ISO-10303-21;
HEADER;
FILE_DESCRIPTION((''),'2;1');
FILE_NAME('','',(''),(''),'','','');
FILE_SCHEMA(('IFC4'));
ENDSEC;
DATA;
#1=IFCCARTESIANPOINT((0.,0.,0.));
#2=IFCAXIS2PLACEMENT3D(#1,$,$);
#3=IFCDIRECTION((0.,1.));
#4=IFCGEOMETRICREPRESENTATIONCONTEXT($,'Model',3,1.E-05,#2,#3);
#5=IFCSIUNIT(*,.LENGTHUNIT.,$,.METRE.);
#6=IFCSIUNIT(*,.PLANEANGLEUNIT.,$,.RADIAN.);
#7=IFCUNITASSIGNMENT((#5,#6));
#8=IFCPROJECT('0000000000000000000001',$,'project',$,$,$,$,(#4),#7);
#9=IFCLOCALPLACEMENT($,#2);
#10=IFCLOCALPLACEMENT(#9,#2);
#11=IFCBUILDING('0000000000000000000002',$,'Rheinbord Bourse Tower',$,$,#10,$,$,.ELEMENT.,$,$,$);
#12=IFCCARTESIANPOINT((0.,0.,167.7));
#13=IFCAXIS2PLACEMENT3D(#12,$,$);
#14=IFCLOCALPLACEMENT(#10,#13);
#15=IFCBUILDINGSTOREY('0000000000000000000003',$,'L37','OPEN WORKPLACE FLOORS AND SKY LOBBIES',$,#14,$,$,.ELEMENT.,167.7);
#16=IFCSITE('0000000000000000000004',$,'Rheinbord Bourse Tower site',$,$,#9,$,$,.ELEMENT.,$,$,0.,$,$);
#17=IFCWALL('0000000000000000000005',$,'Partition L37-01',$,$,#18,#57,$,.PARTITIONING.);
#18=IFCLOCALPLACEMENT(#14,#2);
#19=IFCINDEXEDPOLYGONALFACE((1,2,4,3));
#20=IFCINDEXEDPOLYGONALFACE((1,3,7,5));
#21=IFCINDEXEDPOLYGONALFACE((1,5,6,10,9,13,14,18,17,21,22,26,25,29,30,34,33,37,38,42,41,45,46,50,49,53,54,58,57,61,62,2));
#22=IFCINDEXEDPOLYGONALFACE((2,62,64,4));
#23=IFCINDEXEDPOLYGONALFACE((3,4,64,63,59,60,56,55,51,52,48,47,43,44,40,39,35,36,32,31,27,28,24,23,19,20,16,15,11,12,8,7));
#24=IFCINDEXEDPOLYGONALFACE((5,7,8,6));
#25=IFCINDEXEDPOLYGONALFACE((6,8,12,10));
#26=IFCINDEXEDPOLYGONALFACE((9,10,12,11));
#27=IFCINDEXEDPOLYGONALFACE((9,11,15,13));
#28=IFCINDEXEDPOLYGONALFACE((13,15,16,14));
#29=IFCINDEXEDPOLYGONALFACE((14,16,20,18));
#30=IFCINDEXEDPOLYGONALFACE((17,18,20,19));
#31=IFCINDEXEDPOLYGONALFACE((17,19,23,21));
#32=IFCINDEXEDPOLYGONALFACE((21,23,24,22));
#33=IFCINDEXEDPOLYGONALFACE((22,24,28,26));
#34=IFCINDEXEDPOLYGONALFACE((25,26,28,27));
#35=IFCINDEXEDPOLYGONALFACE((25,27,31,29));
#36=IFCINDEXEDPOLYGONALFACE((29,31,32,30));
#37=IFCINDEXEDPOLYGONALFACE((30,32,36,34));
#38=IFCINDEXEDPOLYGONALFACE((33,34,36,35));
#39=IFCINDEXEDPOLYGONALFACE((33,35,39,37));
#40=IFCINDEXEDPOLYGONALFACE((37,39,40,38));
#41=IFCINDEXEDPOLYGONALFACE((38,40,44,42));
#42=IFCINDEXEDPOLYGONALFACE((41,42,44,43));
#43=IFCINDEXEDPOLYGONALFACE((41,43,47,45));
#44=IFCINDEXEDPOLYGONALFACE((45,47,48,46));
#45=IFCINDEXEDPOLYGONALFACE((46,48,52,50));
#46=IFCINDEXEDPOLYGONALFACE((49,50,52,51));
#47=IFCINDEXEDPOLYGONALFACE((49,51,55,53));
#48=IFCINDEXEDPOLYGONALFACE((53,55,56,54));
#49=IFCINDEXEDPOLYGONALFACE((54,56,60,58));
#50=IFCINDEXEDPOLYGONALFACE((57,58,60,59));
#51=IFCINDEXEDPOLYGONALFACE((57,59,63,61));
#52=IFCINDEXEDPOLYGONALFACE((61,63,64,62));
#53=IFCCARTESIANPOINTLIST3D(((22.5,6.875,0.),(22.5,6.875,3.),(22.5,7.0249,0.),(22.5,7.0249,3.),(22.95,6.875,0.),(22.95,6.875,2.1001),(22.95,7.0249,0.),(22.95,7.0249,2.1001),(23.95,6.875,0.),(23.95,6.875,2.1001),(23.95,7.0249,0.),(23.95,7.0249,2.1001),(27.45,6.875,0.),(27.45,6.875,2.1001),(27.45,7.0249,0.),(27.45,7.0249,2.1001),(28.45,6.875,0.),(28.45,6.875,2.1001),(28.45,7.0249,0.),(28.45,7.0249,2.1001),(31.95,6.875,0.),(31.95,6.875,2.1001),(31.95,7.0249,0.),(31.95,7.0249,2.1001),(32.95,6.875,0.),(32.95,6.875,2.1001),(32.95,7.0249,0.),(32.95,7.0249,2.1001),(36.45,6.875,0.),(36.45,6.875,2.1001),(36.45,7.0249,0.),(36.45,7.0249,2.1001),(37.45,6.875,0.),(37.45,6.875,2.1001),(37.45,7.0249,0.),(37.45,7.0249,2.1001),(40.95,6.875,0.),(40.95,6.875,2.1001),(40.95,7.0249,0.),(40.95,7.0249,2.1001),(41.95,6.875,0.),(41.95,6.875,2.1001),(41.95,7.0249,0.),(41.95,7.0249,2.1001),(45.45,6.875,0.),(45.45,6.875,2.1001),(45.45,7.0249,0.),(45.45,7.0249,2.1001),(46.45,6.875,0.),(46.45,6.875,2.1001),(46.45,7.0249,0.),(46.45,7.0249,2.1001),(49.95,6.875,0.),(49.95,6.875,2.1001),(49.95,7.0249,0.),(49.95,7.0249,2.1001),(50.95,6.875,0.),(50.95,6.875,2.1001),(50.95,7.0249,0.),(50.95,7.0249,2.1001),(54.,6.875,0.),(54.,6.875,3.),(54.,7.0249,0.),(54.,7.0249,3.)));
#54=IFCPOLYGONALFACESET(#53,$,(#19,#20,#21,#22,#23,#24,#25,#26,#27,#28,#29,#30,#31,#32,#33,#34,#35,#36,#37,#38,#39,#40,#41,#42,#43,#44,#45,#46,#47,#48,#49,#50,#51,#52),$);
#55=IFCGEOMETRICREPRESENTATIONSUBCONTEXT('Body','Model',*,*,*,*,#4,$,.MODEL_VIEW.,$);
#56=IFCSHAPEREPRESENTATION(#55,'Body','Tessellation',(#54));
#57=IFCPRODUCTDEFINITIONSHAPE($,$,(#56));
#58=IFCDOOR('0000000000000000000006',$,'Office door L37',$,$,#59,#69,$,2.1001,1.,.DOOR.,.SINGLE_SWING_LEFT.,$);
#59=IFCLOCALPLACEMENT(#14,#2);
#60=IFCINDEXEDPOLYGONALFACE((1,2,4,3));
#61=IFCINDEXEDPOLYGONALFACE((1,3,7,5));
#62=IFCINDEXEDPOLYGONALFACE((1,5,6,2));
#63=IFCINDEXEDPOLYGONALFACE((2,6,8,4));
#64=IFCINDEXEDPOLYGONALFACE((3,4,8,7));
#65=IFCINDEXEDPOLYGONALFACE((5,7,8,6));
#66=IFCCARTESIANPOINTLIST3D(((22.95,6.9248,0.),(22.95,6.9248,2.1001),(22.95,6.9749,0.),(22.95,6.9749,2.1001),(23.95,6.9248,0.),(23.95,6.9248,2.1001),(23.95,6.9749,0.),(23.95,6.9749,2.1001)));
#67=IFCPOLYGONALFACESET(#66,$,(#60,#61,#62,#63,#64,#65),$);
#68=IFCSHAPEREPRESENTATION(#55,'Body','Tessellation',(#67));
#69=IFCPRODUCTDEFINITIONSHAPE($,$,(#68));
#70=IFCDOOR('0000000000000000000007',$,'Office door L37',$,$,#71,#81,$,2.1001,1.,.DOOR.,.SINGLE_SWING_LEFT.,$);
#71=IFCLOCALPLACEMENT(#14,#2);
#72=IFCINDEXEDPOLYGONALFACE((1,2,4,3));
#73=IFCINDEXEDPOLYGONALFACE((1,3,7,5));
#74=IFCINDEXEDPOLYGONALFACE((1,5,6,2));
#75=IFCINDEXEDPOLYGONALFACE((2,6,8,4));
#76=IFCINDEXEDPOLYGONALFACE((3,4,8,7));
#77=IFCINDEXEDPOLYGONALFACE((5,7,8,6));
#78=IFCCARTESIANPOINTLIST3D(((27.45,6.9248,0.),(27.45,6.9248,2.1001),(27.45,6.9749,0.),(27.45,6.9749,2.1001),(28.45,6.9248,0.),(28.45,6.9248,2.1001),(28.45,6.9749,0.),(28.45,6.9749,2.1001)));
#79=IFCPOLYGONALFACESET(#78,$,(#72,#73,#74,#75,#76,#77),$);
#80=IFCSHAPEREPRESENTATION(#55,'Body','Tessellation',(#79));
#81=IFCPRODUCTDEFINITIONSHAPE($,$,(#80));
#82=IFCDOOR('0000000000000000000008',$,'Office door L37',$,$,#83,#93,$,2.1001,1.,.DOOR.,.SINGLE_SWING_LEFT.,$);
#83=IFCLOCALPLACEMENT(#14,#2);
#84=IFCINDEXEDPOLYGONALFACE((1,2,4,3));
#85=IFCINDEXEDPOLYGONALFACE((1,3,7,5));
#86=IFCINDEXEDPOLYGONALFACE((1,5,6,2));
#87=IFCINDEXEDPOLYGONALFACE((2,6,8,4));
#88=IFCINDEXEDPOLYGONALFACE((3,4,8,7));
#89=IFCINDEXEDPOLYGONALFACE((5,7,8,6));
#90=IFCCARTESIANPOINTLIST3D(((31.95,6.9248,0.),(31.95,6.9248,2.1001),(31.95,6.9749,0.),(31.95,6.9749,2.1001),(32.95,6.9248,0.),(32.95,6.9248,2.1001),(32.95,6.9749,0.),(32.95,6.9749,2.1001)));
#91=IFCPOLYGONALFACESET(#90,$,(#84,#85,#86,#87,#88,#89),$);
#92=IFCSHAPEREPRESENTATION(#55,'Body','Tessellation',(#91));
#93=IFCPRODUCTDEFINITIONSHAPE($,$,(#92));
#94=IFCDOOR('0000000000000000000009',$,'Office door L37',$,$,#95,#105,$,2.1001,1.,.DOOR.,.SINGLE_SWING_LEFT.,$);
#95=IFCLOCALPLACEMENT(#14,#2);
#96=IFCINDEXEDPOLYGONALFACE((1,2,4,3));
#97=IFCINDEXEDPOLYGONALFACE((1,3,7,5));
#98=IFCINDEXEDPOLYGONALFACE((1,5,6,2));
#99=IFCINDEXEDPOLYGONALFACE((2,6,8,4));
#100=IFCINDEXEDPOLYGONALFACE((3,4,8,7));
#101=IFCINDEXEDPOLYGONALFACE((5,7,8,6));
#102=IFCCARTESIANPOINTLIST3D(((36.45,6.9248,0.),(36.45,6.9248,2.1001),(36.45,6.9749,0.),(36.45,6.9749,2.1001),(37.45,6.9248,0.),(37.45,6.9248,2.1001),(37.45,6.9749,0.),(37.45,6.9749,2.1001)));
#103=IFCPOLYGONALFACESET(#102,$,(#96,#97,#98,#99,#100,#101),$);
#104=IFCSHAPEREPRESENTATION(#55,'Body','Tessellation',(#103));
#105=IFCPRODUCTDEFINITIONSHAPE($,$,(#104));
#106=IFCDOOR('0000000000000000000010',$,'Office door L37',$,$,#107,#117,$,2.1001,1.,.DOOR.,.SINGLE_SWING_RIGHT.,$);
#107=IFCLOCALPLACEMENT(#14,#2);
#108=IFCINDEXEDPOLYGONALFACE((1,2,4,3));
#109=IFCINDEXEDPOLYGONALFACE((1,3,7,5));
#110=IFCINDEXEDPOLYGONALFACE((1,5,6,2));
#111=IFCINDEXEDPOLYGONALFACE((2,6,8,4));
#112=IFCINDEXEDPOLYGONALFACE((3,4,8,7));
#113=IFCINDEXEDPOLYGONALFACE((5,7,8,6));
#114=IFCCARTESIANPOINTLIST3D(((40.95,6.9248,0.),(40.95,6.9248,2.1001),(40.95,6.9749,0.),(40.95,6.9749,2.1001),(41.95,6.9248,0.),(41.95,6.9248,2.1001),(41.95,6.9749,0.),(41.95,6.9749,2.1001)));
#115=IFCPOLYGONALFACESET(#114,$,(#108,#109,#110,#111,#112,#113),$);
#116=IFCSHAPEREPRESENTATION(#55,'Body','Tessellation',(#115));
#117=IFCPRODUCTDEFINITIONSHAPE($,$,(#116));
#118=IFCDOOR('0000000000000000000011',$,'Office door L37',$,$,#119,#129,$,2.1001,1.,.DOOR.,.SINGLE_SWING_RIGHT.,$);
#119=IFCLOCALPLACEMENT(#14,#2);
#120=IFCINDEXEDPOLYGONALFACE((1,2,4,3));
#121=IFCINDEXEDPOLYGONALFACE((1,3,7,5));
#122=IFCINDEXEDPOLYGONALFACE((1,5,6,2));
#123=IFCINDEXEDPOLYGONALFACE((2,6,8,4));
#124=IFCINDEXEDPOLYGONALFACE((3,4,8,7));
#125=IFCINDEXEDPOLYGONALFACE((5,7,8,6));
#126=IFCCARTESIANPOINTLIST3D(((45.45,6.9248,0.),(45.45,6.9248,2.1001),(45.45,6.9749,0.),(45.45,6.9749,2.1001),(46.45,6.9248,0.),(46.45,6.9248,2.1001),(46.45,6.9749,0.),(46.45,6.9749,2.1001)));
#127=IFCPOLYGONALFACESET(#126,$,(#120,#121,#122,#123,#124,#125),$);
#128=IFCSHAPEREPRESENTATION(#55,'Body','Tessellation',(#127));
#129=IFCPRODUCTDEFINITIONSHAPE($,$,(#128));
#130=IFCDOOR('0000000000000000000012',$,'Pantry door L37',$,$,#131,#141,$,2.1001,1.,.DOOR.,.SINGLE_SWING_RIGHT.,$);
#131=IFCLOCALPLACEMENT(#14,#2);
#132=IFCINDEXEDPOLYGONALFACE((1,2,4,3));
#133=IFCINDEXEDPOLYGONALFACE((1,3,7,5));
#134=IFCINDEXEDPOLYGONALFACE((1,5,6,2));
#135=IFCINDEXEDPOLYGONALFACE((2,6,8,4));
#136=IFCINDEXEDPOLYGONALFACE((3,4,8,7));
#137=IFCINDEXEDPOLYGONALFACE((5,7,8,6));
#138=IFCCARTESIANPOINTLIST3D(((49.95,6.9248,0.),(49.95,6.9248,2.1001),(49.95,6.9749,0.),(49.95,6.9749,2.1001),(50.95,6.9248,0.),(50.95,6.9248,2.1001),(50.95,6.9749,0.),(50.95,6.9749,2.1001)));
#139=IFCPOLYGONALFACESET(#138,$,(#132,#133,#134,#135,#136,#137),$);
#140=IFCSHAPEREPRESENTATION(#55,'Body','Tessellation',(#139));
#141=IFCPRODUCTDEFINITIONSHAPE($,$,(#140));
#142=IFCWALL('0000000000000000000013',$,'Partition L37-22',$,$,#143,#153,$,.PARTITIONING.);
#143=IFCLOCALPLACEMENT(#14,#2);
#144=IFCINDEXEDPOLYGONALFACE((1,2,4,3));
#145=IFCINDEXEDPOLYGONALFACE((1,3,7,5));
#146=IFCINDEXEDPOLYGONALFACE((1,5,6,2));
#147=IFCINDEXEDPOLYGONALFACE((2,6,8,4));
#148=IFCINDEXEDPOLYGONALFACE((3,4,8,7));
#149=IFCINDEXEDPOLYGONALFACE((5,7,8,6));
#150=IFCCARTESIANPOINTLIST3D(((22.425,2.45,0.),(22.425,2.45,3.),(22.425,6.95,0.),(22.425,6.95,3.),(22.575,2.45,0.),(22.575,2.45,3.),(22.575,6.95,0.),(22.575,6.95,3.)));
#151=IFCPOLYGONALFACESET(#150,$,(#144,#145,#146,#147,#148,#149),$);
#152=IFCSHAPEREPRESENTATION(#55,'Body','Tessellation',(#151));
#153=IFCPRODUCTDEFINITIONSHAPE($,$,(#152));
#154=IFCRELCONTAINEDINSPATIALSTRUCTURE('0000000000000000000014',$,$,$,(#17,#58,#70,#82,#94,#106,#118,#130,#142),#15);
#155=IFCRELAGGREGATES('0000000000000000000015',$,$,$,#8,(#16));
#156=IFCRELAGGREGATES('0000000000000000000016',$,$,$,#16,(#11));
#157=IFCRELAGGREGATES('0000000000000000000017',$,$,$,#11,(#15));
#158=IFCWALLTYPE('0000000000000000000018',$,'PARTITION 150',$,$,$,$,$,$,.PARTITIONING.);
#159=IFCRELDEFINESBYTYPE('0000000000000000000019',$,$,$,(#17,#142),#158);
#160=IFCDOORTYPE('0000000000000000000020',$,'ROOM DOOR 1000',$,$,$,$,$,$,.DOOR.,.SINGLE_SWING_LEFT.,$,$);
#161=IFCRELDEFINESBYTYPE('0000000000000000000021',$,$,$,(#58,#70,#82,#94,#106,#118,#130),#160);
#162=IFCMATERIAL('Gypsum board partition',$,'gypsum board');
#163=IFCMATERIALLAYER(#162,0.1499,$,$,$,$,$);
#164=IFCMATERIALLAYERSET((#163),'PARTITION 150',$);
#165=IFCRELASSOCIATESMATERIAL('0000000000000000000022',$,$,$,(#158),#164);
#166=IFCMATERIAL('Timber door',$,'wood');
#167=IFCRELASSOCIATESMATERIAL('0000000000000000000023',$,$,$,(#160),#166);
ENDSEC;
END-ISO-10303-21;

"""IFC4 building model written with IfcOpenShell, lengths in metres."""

from ifc_helpers import new_model, si_unit, direction, frame, frame_2d, origin, place, context, subcontext, project, spatial, rectangle, extrude, material, layer, layer_set, type_object, element, fill, save


model = new_model("IFC4")

# Units and contexts
model_context = context("Model", 3, precision=1e-05, world=origin(), true_north=direction((0.0, 1.0)))
body_context = subcontext(model_context, "Body", "Model", "MODEL_VIEW")
ifc_project = project(units=[si_unit("LENGTHUNIT", "METRE"), si_unit("PLANEANGLEUNIT", "RADIAN")], contexts=[model_context])

# Site, building, storey
site_placement = place(None, origin())
site = spatial("IfcSite", under=ifc_project, at=site_placement, Name="Rheinbord Bourse Tower site", CompositionType="ELEMENT", RefElevation=0.0)
building_placement = place(site_placement, origin())
building = spatial("IfcBuilding", under=site, at=building_placement, Name="Rheinbord Bourse Tower", CompositionType="ELEMENT")
storey_placement = place(building_placement, frame((0.0, 0.0, 167.7)))
storey = spatial("IfcBuildingStorey", under=building, at=storey_placement, Name="L37", Description="OPEN WORKPLACE FLOORS AND SKY LOBBIES", CompositionType="ELEMENT", Elevation=167.7)

# Wall, openings, doors
ifc_material_1 = material(Name="Gypsum board partition", Category="gypsum board")
ifc_layer_1 = layer(ifc_material_1, 0.1499)
ifc_layer_set_1 = layer_set([ifc_layer_1], Name="PARTITION 150")
wall_type_1 = type_object("IfcWallType", Name="PARTITION 150", PredefinedType="PARTITIONING", material=ifc_layer_set_1)
wall_1_placement = place(storey_placement, frame((22.5, 6.95, 0.0), z_axis=(0.0, 0.0, 1.0), x_axis=(1.0, 0.0, 0.0)))
wall_1 = element("IfcWall", 1, at=wall_1_placement, inside=storey, type_object=wall_type_1, Name="Partition L37-01", PredefinedType="PARTITIONING", context=body_context, shape_type="SweptSolid", body=[
    extrude(rectangle(XDim=31.5, YDim=0.1499, at=frame_2d((15.75, 0.0))), origin(), (0.0, 0.0, 1.0), 3.0),
])
opening_1_placement = place(wall_1_placement, frame((0.45, 0.0, 0.0)))
opening_1 = element("IfcOpeningElement", 2, at=opening_1_placement, cuts=wall_1, PredefinedType="OPENING", context=body_context, shape_type="SweptSolid", body=[
    extrude(rectangle(XDim=1.0, YDim=2.1001, at=frame_2d((0.5, 1.05))), frame((0.0, 0.085, 0.0), z_axis=(0.0, -1.0, 0.0), x_axis=(1.0, 0.0, 0.0)), (0.0, 0.0, 1.0), 0.1699),
])
opening_2_placement = place(wall_1_placement, frame((4.95, 0.0, 0.0)))
opening_2 = element("IfcOpeningElement", 3, at=opening_2_placement, cuts=wall_1, PredefinedType="OPENING", context=body_context, shape_type="SweptSolid", body=[
    extrude(rectangle(XDim=1.0, YDim=2.1001, at=frame_2d((0.5, 1.05))), frame((0.0, 0.085, 0.0), z_axis=(0.0, -1.0, 0.0), x_axis=(1.0, 0.0, 0.0)), (0.0, 0.0, 1.0), 0.1699),
])
opening_3_placement = place(wall_1_placement, frame((9.45, 0.0, 0.0)))
opening_3 = element("IfcOpeningElement", 4, at=opening_3_placement, cuts=wall_1, PredefinedType="OPENING", context=body_context, shape_type="SweptSolid", body=[
    extrude(rectangle(XDim=1.0, YDim=2.1001, at=frame_2d((0.5, 1.05))), frame((0.0, 0.085, 0.0), z_axis=(0.0, -1.0, 0.0), x_axis=(1.0, 0.0, 0.0)), (0.0, 0.0, 1.0), 0.1699),
])
opening_4_placement = place(wall_1_placement, frame((13.95, 0.0, 0.0)))
opening_4 = element("IfcOpeningElement", 5, at=opening_4_placement, cuts=wall_1, PredefinedType="OPENING", context=body_context, shape_type="SweptSolid", body=[
    extrude(rectangle(XDim=1.0, YDim=2.1001, at=frame_2d((0.5, 1.05))), frame((0.0, 0.085, 0.0), z_axis=(0.0, -1.0, 0.0), x_axis=(1.0, 0.0, 0.0)), (0.0, 0.0, 1.0), 0.1699),
])
opening_5_placement = place(wall_1_placement, frame((18.45, 0.0, 0.0)))
opening_5 = element("IfcOpeningElement", 6, at=opening_5_placement, cuts=wall_1, PredefinedType="OPENING", context=body_context, shape_type="SweptSolid", body=[
    extrude(rectangle(XDim=1.0, YDim=2.1001, at=frame_2d((0.5, 1.05))), frame((0.0, 0.085, 0.0), z_axis=(0.0, -1.0, 0.0), x_axis=(1.0, 0.0, 0.0)), (0.0, 0.0, 1.0), 0.1699),
])
opening_6_placement = place(wall_1_placement, frame((22.95, 0.0, 0.0)))
opening_6 = element("IfcOpeningElement", 7, at=opening_6_placement, cuts=wall_1, PredefinedType="OPENING", context=body_context, shape_type="SweptSolid", body=[
    extrude(rectangle(XDim=1.0, YDim=2.1001, at=frame_2d((0.5, 1.05))), frame((0.0, 0.085, 0.0), z_axis=(0.0, -1.0, 0.0), x_axis=(1.0, 0.0, 0.0)), (0.0, 0.0, 1.0), 0.1699),
])
opening_7_placement = place(wall_1_placement, frame((27.45, 0.0, 0.0)))
opening_7 = element("IfcOpeningElement", 8, at=opening_7_placement, cuts=wall_1, PredefinedType="OPENING", context=body_context, shape_type="SweptSolid", body=[
    extrude(rectangle(XDim=1.0, YDim=2.1001, at=frame_2d((0.5, 1.05))), frame((0.0, 0.085, 0.0), z_axis=(0.0, -1.0, 0.0), x_axis=(1.0, 0.0, 0.0)), (0.0, 0.0, 1.0), 0.1699),
])
ifc_material_2 = material(Name="Timber door", Category="wood")
door_type_1 = type_object("IfcDoorType", Name="ROOM DOOR 1000", OperationType="SINGLE_SWING_LEFT", PredefinedType="DOOR", material=ifc_material_2)
door_1_placement = place(opening_1_placement, origin())
door_1 = element("IfcDoor", 9, at=door_1_placement, inside=storey, type_object=door_type_1, Name="Office door L37", OperationType="SINGLE_SWING_LEFT", OverallHeight=2.1001, OverallWidth=1.0, PredefinedType="DOOR", context=body_context, shape_type="SweptSolid", body=[
    extrude(rectangle(XDim=1.0, YDim=2.1001, at=frame_2d((0.5, 1.05))), frame((0.0, 0.0249, 0.0), z_axis=(0.0, -1.0, 0.0), x_axis=(1.0, 0.0, 0.0)), (0.0, 0.0, 1.0), 0.05),
])
fill(opening_1, door_1)
door_2_placement = place(opening_2_placement, origin())
door_2 = element("IfcDoor", 10, at=door_2_placement, inside=storey, type_object=door_type_1, Name="Office door L37", OperationType="SINGLE_SWING_LEFT", OverallHeight=2.1001, OverallWidth=1.0, PredefinedType="DOOR", context=body_context, shape_type="SweptSolid", body=[
    extrude(rectangle(XDim=1.0, YDim=2.1001, at=frame_2d((0.5, 1.05))), frame((0.0, 0.0249, 0.0), z_axis=(0.0, -1.0, 0.0), x_axis=(1.0, 0.0, 0.0)), (0.0, 0.0, 1.0), 0.05),
])
fill(opening_2, door_2)
door_3_placement = place(opening_3_placement, origin())
door_3 = element("IfcDoor", 11, at=door_3_placement, inside=storey, type_object=door_type_1, Name="Office door L37", OperationType="SINGLE_SWING_LEFT", OverallHeight=2.1001, OverallWidth=1.0, PredefinedType="DOOR", context=body_context, shape_type="SweptSolid", body=[
    extrude(rectangle(XDim=1.0, YDim=2.1001, at=frame_2d((0.5, 1.05))), frame((0.0, 0.0249, 0.0), z_axis=(0.0, -1.0, 0.0), x_axis=(1.0, 0.0, 0.0)), (0.0, 0.0, 1.0), 0.05),
])
fill(opening_3, door_3)
door_4_placement = place(opening_4_placement, origin())
door_4 = element("IfcDoor", 12, at=door_4_placement, inside=storey, type_object=door_type_1, Name="Office door L37", OperationType="SINGLE_SWING_LEFT", OverallHeight=2.1001, OverallWidth=1.0, PredefinedType="DOOR", context=body_context, shape_type="SweptSolid", body=[
    extrude(rectangle(XDim=1.0, YDim=2.1001, at=frame_2d((0.5, 1.05))), frame((0.0, 0.0249, 0.0), z_axis=(0.0, -1.0, 0.0), x_axis=(1.0, 0.0, 0.0)), (0.0, 0.0, 1.0), 0.05),
])
fill(opening_4, door_4)
door_5_placement = place(opening_5_placement, origin())
door_5 = element("IfcDoor", 13, at=door_5_placement, inside=storey, type_object=door_type_1, Name="Office door L37", OperationType="SINGLE_SWING_RIGHT", OverallHeight=2.1001, OverallWidth=1.0, PredefinedType="DOOR", context=body_context, shape_type="SweptSolid", body=[
    extrude(rectangle(XDim=1.0, YDim=2.1001, at=frame_2d((0.5, 1.05))), frame((0.0, 0.0249, 0.0), z_axis=(0.0, -1.0, 0.0), x_axis=(1.0, 0.0, 0.0)), (0.0, 0.0, 1.0), 0.05),
])
fill(opening_5, door_5)
door_6_placement = place(opening_6_placement, origin())
door_6 = element("IfcDoor", 14, at=door_6_placement, inside=storey, type_object=door_type_1, Name="Office door L37", OperationType="SINGLE_SWING_RIGHT", OverallHeight=2.1001, OverallWidth=1.0, PredefinedType="DOOR", context=body_context, shape_type="SweptSolid", body=[
    extrude(rectangle(XDim=1.0, YDim=2.1001, at=frame_2d((0.5, 1.05))), frame((0.0, 0.0249, 0.0), z_axis=(0.0, -1.0, 0.0), x_axis=(1.0, 0.0, 0.0)), (0.0, 0.0, 1.0), 0.05),
])
fill(opening_6, door_6)
door_7_placement = place(opening_7_placement, origin())
door_7 = element("IfcDoor", 15, at=door_7_placement, inside=storey, type_object=door_type_1, Name="Pantry door L37", OperationType="SINGLE_SWING_RIGHT", OverallHeight=2.1001, OverallWidth=1.0, PredefinedType="DOOR", context=body_context, shape_type="SweptSolid", body=[
    extrude(rectangle(XDim=1.0, YDim=2.1001, at=frame_2d((0.5, 1.05))), frame((0.0, 0.0249, 0.0), z_axis=(0.0, -1.0, 0.0), x_axis=(1.0, 0.0, 0.0)), (0.0, 0.0, 1.0), 0.05),
])
fill(opening_7, door_7)

# Wall
wall_2_placement = place(storey_placement, frame((22.5, 2.45, 0.0), z_axis=(0.0, 0.0, 1.0), x_axis=(0.0, 1.0, 0.0)))
element("IfcWall", 16, at=wall_2_placement, inside=storey, type_object=wall_type_1, Name="Partition L37-22", PredefinedType="PARTITIONING", context=body_context, shape_type="SweptSolid", body=[
    extrude(rectangle(XDim=4.5, YDim=0.1499, at=frame_2d((2.25, 0.0))), origin(), (0.0, 0.0, 1.0), 3.0),
])

save(model, "model.ifc")
